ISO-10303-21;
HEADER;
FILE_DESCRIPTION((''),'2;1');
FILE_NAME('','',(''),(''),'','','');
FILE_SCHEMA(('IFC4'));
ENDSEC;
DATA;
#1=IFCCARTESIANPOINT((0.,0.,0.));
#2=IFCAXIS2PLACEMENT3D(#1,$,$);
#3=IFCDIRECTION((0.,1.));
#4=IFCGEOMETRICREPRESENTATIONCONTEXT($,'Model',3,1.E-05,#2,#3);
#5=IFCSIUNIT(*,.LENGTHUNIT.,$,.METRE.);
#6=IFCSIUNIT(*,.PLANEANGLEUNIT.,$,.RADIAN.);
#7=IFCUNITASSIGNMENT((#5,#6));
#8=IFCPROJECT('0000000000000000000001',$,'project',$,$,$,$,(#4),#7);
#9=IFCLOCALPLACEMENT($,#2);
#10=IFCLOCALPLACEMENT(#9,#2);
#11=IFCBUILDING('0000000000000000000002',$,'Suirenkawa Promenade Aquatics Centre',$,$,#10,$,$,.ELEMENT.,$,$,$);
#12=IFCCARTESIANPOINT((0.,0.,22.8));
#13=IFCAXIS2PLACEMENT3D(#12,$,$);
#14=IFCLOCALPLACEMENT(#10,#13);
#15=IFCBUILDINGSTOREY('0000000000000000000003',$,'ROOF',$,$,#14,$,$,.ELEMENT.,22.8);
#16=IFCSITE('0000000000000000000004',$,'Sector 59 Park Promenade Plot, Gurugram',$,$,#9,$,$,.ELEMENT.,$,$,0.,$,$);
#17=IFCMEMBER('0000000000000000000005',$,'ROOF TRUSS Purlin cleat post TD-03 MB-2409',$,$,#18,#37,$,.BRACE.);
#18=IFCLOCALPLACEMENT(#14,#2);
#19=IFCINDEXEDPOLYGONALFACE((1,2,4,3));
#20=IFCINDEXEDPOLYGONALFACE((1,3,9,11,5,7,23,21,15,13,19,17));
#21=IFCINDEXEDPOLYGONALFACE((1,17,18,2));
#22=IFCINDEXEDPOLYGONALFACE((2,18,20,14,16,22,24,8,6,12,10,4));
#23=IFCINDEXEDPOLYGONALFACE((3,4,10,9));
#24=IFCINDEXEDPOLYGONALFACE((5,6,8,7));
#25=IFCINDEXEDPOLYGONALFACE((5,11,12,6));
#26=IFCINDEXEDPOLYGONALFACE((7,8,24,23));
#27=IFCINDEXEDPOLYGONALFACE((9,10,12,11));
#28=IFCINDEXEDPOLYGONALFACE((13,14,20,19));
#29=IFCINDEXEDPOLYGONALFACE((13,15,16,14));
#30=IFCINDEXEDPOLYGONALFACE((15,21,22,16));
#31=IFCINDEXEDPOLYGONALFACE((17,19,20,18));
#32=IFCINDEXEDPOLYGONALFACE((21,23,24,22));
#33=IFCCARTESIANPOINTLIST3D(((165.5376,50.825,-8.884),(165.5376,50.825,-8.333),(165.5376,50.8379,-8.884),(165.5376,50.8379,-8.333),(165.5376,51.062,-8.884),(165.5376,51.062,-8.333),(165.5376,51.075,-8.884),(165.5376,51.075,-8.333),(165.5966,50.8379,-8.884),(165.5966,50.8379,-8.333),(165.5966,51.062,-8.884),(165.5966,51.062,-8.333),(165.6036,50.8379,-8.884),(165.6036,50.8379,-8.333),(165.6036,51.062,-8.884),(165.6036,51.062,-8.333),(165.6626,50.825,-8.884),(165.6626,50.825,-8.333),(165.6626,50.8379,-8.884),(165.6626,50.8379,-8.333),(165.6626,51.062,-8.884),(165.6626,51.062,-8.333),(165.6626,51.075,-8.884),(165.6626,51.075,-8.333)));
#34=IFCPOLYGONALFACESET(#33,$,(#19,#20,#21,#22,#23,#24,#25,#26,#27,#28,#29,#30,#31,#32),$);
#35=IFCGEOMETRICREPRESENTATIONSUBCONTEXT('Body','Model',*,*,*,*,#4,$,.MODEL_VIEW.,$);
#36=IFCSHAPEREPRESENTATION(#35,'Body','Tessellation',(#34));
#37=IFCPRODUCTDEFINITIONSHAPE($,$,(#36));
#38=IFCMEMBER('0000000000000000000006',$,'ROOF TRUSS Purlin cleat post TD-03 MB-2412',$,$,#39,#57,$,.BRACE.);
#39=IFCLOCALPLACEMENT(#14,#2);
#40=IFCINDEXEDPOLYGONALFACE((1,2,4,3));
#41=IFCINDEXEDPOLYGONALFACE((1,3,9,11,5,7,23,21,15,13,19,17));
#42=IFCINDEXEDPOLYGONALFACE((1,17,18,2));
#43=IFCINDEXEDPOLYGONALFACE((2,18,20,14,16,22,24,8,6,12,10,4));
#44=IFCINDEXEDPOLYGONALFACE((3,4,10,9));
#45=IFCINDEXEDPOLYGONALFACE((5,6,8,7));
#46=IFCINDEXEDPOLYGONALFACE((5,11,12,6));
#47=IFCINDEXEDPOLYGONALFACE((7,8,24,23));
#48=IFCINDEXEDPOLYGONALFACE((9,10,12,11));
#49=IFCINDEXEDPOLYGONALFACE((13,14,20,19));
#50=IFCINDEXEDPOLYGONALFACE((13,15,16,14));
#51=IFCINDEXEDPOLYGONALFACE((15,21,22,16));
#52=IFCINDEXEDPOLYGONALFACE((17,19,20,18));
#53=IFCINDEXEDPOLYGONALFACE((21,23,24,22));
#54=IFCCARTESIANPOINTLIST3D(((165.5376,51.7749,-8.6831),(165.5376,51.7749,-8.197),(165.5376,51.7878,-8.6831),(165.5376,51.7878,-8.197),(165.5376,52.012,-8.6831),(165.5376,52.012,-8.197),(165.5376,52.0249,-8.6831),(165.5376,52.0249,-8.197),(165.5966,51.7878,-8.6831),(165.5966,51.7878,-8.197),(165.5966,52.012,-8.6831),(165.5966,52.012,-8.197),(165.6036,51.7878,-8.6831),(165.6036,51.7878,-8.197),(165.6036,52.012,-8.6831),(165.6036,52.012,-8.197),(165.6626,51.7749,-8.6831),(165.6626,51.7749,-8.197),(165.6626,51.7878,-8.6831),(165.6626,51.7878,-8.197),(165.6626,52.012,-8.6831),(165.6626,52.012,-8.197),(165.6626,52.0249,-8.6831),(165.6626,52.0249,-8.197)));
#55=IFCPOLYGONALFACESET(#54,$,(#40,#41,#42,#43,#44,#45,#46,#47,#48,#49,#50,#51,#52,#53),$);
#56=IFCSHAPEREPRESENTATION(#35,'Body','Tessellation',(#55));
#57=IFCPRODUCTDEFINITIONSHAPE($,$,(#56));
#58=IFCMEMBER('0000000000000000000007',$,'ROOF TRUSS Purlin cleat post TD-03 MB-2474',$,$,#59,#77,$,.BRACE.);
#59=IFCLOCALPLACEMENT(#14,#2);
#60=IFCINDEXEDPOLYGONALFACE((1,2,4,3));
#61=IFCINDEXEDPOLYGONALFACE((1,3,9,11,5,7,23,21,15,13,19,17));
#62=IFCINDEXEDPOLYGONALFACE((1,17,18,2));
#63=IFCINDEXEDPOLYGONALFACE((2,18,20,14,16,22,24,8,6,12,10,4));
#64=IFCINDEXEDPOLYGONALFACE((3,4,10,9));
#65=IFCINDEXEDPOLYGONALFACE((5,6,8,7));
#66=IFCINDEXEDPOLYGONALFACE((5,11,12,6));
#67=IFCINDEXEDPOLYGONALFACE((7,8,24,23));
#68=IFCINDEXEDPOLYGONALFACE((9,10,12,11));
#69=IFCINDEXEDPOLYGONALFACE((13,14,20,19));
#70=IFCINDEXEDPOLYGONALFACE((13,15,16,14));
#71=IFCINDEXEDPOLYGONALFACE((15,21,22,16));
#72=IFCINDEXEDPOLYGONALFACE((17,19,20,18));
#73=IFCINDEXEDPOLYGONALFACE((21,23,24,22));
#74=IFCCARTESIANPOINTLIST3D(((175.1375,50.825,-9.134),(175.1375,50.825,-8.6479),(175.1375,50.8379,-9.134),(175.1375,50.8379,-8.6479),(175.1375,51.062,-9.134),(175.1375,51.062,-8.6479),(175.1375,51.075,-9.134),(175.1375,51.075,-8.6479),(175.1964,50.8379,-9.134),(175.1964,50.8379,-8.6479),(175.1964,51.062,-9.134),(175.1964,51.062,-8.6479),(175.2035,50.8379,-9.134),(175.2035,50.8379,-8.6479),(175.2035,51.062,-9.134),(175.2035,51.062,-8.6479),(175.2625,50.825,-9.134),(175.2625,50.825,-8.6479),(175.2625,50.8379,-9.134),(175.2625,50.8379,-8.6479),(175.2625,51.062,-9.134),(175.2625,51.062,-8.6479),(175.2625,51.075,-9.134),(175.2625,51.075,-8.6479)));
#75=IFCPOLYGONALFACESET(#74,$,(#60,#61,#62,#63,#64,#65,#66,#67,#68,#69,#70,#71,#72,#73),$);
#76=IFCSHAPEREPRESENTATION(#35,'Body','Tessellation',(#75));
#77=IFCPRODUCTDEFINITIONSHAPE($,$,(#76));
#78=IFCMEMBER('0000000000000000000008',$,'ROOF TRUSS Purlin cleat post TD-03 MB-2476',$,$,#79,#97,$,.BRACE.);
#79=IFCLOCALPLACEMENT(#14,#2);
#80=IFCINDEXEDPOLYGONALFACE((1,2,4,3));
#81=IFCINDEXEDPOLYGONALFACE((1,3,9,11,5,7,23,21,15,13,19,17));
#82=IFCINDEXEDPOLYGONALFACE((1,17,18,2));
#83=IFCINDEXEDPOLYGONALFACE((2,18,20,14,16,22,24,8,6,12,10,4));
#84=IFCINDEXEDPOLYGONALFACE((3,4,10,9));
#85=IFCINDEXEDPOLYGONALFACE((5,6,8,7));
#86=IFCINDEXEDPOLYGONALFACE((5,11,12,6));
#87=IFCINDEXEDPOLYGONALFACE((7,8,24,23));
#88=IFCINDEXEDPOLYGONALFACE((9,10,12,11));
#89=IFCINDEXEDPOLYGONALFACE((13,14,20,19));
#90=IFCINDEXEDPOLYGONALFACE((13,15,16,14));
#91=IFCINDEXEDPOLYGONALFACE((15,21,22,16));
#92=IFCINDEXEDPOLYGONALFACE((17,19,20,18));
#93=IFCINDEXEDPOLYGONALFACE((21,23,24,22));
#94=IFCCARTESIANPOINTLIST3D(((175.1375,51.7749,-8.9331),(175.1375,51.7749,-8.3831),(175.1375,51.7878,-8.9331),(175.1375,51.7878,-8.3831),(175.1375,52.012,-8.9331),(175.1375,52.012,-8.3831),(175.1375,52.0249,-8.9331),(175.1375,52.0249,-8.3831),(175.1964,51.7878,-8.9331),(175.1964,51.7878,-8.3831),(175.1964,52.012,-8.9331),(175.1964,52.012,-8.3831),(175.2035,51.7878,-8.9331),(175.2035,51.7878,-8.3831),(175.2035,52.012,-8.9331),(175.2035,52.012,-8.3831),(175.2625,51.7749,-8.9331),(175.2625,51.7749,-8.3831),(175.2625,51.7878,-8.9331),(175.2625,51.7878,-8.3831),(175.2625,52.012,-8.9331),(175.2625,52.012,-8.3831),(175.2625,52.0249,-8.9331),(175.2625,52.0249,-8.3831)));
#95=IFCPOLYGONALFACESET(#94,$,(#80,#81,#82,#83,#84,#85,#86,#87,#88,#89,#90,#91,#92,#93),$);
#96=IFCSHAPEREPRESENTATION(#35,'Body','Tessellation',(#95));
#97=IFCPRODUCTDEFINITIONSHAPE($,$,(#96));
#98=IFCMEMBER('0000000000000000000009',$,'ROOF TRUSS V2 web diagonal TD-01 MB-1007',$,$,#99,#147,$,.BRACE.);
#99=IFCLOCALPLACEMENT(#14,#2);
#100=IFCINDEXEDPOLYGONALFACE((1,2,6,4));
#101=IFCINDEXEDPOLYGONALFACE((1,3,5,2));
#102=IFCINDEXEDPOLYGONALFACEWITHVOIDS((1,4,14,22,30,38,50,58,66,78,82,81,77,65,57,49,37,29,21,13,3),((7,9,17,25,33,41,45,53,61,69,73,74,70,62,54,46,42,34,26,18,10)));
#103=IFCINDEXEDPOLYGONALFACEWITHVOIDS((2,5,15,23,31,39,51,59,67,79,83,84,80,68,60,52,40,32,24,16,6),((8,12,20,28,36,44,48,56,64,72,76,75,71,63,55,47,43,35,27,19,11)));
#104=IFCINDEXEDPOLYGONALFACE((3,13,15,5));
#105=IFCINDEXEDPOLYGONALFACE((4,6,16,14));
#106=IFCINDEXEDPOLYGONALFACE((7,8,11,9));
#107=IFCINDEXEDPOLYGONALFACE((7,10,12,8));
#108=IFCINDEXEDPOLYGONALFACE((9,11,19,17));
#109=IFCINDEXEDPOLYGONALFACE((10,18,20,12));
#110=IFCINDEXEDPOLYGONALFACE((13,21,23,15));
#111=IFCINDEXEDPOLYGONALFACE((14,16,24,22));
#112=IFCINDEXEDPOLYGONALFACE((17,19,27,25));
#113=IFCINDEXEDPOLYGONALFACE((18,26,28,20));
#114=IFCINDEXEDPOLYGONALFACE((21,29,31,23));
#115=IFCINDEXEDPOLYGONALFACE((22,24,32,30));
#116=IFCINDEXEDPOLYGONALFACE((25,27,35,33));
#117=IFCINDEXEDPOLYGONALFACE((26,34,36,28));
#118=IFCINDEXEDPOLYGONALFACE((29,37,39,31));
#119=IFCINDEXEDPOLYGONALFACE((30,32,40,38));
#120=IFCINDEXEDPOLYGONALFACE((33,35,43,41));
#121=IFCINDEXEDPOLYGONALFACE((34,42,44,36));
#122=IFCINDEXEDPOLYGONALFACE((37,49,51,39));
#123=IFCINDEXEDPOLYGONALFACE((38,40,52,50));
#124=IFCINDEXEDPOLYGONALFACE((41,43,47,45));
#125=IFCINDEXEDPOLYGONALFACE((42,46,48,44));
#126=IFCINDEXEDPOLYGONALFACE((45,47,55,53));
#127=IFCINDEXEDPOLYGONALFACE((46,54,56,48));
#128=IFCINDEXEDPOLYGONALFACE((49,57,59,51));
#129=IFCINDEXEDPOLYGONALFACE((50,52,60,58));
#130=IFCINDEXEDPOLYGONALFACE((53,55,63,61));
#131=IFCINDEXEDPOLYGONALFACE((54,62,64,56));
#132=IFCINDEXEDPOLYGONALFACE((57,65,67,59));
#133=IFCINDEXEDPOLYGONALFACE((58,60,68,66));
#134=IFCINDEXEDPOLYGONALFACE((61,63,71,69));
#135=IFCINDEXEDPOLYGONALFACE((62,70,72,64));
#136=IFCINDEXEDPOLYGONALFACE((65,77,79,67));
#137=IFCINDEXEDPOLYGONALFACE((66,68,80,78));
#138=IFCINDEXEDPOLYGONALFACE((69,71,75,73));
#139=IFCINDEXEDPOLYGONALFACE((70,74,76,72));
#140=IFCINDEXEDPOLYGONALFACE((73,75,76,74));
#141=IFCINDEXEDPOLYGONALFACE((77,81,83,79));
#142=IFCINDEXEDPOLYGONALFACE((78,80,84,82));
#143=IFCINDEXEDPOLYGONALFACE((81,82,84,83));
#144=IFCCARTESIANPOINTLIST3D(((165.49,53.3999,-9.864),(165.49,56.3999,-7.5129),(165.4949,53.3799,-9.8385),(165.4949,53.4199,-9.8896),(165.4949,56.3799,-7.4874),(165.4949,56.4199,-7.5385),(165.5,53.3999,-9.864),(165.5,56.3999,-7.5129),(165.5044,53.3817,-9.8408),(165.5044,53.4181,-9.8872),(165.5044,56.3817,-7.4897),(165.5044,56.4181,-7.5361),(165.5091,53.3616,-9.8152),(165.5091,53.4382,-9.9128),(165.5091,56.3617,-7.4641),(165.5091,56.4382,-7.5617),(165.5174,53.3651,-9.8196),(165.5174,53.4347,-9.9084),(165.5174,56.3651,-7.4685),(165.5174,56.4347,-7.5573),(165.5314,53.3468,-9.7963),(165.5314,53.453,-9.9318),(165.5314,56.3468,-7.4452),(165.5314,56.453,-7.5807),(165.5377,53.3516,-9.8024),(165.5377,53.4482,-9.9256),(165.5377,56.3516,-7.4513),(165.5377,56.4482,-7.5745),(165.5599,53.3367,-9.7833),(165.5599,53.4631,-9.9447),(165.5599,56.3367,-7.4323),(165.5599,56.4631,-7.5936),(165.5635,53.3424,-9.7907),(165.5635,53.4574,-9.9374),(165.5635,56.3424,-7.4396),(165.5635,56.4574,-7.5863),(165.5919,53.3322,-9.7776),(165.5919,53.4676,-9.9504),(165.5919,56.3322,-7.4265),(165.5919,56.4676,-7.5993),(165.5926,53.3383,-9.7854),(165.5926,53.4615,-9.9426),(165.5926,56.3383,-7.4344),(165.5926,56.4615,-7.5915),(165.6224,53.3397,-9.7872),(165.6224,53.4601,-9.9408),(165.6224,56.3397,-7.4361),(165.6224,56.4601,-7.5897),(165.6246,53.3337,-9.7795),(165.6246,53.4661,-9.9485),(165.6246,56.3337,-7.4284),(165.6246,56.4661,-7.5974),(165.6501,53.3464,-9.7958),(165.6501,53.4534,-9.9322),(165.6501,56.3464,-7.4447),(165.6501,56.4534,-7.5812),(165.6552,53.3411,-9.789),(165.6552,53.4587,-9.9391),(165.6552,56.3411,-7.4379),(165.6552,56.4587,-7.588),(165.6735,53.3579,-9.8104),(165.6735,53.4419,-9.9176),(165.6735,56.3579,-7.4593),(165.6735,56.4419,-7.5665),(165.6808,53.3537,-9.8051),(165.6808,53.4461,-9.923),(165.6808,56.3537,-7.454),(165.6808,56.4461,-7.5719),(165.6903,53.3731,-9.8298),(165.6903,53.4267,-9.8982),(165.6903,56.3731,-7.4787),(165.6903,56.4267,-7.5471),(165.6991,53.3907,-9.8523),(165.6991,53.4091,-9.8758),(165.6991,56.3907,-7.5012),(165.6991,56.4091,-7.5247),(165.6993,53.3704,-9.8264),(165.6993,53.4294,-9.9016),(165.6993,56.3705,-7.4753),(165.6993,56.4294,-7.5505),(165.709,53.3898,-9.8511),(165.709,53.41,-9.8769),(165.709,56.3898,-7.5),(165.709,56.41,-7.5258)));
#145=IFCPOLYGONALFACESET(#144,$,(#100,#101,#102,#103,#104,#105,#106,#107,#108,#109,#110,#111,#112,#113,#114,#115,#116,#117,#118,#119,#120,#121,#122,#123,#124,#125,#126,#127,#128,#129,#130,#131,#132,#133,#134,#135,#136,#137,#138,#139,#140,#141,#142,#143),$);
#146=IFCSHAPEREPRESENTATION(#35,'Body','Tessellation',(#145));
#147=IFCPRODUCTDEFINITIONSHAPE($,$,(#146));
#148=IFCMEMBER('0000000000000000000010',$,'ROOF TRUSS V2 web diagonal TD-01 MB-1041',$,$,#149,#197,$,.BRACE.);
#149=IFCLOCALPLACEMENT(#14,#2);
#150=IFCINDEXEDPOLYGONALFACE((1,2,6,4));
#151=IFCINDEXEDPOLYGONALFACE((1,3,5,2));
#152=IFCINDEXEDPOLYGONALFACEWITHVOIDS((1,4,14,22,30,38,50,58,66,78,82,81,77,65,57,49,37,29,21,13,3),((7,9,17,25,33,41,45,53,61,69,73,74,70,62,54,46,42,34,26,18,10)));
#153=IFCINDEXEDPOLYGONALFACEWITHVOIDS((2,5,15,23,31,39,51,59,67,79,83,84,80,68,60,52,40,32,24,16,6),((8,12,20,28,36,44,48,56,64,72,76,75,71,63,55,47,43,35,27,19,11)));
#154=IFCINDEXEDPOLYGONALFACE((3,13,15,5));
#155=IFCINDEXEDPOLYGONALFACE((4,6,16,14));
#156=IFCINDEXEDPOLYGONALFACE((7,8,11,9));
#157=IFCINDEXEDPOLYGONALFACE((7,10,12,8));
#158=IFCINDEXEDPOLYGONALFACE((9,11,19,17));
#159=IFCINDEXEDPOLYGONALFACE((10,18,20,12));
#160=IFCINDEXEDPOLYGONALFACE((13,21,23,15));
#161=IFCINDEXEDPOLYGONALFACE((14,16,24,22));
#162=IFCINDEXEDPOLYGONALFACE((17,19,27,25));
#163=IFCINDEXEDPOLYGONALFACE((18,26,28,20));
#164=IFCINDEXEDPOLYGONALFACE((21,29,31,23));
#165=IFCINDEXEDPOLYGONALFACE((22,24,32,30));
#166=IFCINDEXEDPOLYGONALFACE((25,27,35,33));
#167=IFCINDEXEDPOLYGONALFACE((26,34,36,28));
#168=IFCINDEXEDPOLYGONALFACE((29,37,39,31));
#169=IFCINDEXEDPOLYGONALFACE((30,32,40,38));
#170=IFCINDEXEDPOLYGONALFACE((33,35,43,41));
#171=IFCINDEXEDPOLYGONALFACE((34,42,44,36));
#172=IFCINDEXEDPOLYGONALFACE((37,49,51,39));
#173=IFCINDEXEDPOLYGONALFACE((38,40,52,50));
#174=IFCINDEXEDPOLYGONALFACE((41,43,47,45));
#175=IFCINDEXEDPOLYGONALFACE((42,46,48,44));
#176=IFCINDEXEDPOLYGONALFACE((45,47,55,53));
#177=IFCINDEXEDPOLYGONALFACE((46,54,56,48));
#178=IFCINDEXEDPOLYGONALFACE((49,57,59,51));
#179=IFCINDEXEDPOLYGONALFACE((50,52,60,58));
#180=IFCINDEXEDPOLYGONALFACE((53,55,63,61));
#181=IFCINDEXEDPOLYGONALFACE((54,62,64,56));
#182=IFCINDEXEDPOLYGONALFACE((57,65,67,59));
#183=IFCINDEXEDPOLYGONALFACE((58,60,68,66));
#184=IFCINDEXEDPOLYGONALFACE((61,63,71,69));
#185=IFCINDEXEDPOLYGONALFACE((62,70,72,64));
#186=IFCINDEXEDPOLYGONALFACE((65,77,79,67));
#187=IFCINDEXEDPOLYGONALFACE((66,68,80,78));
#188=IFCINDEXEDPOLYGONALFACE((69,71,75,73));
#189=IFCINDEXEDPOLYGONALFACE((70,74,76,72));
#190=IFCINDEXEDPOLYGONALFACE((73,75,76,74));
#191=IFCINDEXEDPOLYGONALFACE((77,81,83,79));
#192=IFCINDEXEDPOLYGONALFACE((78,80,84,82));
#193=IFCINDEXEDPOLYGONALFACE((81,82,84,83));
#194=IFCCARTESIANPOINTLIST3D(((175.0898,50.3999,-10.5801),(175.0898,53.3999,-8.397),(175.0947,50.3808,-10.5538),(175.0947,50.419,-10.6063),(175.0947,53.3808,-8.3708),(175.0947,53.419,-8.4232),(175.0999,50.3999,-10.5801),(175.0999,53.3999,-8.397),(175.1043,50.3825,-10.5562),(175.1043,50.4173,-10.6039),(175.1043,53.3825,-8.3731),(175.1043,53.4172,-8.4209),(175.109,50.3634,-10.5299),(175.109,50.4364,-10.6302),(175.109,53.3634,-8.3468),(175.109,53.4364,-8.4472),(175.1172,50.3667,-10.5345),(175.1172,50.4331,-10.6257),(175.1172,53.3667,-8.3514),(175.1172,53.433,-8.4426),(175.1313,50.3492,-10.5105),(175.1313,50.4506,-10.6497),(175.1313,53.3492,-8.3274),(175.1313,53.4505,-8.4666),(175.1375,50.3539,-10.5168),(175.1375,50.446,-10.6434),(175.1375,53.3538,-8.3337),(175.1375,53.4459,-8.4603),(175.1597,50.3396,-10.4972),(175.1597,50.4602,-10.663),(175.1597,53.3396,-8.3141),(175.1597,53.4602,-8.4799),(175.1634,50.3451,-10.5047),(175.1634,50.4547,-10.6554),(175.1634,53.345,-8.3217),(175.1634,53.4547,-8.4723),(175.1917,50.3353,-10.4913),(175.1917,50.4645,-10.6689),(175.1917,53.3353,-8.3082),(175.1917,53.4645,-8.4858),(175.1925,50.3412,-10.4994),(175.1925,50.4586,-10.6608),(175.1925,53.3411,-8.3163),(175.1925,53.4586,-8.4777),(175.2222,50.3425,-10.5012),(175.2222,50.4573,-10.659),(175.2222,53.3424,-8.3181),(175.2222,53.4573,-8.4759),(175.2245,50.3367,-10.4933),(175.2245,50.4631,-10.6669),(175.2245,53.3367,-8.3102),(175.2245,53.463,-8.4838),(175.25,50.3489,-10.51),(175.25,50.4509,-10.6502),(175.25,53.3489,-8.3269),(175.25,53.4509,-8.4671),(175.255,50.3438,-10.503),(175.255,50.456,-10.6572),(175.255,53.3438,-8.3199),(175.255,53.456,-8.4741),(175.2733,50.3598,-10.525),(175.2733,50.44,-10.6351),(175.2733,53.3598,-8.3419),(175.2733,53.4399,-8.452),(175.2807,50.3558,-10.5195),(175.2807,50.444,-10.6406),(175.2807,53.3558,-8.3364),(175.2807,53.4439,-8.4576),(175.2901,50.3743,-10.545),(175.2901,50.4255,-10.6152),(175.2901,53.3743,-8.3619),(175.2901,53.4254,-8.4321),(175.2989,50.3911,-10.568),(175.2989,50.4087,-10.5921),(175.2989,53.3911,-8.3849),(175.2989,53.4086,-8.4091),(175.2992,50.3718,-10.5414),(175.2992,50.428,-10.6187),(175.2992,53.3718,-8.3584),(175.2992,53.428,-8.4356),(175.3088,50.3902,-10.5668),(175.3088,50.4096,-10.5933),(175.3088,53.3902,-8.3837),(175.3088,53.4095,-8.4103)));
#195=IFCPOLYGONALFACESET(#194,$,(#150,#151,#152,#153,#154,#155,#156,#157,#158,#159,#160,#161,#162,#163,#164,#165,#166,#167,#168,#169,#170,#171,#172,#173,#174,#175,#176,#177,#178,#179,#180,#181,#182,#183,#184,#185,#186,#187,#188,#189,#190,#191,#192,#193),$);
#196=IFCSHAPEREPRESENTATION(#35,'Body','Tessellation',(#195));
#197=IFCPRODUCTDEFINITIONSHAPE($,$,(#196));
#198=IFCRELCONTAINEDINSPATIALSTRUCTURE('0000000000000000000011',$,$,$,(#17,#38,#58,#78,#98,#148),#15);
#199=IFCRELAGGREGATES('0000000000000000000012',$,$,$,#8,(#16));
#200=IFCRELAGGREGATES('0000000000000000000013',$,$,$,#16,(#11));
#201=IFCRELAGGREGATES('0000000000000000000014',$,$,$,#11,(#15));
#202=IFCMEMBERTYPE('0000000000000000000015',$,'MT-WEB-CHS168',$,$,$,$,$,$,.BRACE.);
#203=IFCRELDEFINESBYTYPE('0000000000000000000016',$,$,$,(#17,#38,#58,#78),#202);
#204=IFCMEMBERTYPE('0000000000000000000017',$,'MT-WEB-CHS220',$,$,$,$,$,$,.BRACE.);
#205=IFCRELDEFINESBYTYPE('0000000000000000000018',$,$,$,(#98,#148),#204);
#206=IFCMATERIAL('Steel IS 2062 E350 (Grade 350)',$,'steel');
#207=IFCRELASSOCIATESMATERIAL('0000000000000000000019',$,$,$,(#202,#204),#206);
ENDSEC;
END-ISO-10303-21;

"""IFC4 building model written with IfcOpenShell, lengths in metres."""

from ifc_helpers import new_model, si_unit, direction, frame, origin, origin_2d, place, context, subcontext, project, spatial, hollow_circle, i_section, extrude, material, material_profile, profile_set, type_object, element, save


model = new_model("IFC4")

# Units and contexts
model_context = context("Model", 3, precision=1e-05, world=origin(), true_north=direction((0.0, 1.0)))
body_context = subcontext(model_context, "Body", "Model", "MODEL_VIEW")
ifc_project = project(units=[si_unit("LENGTHUNIT", "METRE"), si_unit("PLANEANGLEUNIT", "RADIAN")], contexts=[model_context])

# Site, building, storey
site_placement = place(None, origin())
site = spatial("IfcSite", under=ifc_project, at=site_placement, Name="Sector 59 Park Promenade Plot, Gurugram", CompositionType="ELEMENT", RefElevation=0.0)
building_placement = place(site_placement, origin())
building = spatial("IfcBuilding", under=site, at=building_placement, Name="Suirenkawa Promenade Aquatics Centre", CompositionType="ELEMENT")
storey_placement = place(building_placement, frame((0.0, 0.0, 22.8)))
storey = spatial("IfcBuildingStorey", under=building, at=storey_placement, Name="ROOF", CompositionType="ELEMENT", Elevation=22.8)

# Shared definitions
ifc_material_1 = material(Name="Steel IS 2062 E350 (Grade 350)", Category="steel")

# Members
ifc_material_profile_1 = material_profile(ifc_material_1, i_section(OverallWidth=0.125, OverallDepth=0.25, WebThickness=0.0071, FlangeThickness=0.0129, at=origin_2d()), Name="ISMB 250", Category="steel")
ifc_profile_set_1 = profile_set([ifc_material_profile_1], Name="Steel IS 2062 E350 (Grade 350)")
member_type_1 = type_object("IfcMemberType", Name="MT-WEB-CHS168", PredefinedType="BRACE", material=ifc_profile_set_1)
member_1_placement = place(storey_placement, frame((165.6001, 50.95, -8.884), z_axis=(0.0, 0.0, 1.0), x_axis=(1.0, 0.0, 0.0)))
element("IfcMember", 1, at=member_1_placement, inside=storey, type_object=member_type_1, Name="ROOF TRUSS Purlin cleat post TD-03 MB-2409", PredefinedType="BRACE", context=body_context, shape_type="SweptSolid", body=[
    extrude(i_section(OverallWidth=0.125, OverallDepth=0.25, WebThickness=0.0071, FlangeThickness=0.0129, at=origin_2d()), origin(), (0.0, 0.0, 1.0), 0.551),
])
for number, where, z_axis, x_axis, name in (
    (2, (165.6001, 51.8999, -8.6831), (0.0, 0.0, 1.0), (1.0, 0.0, 0.0), "ROOF TRUSS Purlin cleat post TD-03 MB-2412"),
    (3, (175.2, 50.95, -9.134), (0.0, 0.0, 1.0), (1.0, 0.0, 0.0), "ROOF TRUSS Purlin cleat post TD-03 MB-2474"),
):
    element("IfcMember", number, at=place(storey_placement, frame(where, z_axis=z_axis, x_axis=x_axis)), inside=storey, type_object=member_type_1, Name=name, PredefinedType="BRACE", context=body_context, shape_type="SweptSolid", body=[
        extrude(i_section(OverallWidth=0.125, OverallDepth=0.25, WebThickness=0.0071, FlangeThickness=0.0129, at=origin_2d()), origin(), (0.0, 0.0, 1.0), 0.4861),
    ])
member_2_placement = place(storey_placement, frame((175.2, 51.8999, -8.9331), z_axis=(0.0, 0.0, 1.0), x_axis=(1.0, 0.0, 0.0)))
element("IfcMember", 4, at=member_2_placement, inside=storey, type_object=member_type_1, Name="ROOF TRUSS Purlin cleat post TD-03 MB-2476", PredefinedType="BRACE", context=body_context, shape_type="SweptSolid", body=[
    extrude(i_section(OverallWidth=0.125, OverallDepth=0.25, WebThickness=0.0071, FlangeThickness=0.0129, at=origin_2d()), origin(), (0.0, 0.0, 1.0), 0.55),
])
ifc_material_profile_2 = material_profile(ifc_material_1, hollow_circle(Radius=0.1101, WallThickness=0.01, at=origin_2d()), Name="CHS 220x10", Category="steel")
ifc_profile_set_2 = profile_set([ifc_material_profile_2], Name="Steel IS 2062 E350 (Grade 350)")
member_type_2 = type_object("IfcMemberType", Name="MT-WEB-CHS220", PredefinedType="BRACE", material=ifc_profile_set_2)
member_3_placement = place(storey_placement, frame((165.6001, 53.3999, -9.864), z_axis=(0.0, 0.787091, 0.616837), x_axis=(-1.0, 0.0, 0.0)))
element("IfcMember", 5, at=member_3_placement, inside=storey, type_object=member_type_2, Name="ROOF TRUSS V2 web diagonal TD-01 MB-1007", PredefinedType="BRACE", context=body_context, shape_type="SweptSolid", body=[
    extrude(hollow_circle(Radius=0.1101, WallThickness=0.01, at=origin_2d()), origin(), (0.0, 0.0, 1.0), 3.8115),
])
member_4_placement = place(storey_placement, frame((175.2, 50.3999, -10.5801), z_axis=(0.0, 0.808571, 0.588399), x_axis=(-1.0, 0.0, 0.0)))
element("IfcMember", 6, at=member_4_placement, inside=storey, type_object=member_type_2, Name="ROOF TRUSS V2 web diagonal TD-01 MB-1041", PredefinedType="BRACE", context=body_context, shape_type="SweptSolid", body=[
    extrude(hollow_circle(Radius=0.1101, WallThickness=0.01, at=origin_2d()), origin(), (0.0, 0.0, 1.0), 3.7102),
])

save(model, "model.ifc")
